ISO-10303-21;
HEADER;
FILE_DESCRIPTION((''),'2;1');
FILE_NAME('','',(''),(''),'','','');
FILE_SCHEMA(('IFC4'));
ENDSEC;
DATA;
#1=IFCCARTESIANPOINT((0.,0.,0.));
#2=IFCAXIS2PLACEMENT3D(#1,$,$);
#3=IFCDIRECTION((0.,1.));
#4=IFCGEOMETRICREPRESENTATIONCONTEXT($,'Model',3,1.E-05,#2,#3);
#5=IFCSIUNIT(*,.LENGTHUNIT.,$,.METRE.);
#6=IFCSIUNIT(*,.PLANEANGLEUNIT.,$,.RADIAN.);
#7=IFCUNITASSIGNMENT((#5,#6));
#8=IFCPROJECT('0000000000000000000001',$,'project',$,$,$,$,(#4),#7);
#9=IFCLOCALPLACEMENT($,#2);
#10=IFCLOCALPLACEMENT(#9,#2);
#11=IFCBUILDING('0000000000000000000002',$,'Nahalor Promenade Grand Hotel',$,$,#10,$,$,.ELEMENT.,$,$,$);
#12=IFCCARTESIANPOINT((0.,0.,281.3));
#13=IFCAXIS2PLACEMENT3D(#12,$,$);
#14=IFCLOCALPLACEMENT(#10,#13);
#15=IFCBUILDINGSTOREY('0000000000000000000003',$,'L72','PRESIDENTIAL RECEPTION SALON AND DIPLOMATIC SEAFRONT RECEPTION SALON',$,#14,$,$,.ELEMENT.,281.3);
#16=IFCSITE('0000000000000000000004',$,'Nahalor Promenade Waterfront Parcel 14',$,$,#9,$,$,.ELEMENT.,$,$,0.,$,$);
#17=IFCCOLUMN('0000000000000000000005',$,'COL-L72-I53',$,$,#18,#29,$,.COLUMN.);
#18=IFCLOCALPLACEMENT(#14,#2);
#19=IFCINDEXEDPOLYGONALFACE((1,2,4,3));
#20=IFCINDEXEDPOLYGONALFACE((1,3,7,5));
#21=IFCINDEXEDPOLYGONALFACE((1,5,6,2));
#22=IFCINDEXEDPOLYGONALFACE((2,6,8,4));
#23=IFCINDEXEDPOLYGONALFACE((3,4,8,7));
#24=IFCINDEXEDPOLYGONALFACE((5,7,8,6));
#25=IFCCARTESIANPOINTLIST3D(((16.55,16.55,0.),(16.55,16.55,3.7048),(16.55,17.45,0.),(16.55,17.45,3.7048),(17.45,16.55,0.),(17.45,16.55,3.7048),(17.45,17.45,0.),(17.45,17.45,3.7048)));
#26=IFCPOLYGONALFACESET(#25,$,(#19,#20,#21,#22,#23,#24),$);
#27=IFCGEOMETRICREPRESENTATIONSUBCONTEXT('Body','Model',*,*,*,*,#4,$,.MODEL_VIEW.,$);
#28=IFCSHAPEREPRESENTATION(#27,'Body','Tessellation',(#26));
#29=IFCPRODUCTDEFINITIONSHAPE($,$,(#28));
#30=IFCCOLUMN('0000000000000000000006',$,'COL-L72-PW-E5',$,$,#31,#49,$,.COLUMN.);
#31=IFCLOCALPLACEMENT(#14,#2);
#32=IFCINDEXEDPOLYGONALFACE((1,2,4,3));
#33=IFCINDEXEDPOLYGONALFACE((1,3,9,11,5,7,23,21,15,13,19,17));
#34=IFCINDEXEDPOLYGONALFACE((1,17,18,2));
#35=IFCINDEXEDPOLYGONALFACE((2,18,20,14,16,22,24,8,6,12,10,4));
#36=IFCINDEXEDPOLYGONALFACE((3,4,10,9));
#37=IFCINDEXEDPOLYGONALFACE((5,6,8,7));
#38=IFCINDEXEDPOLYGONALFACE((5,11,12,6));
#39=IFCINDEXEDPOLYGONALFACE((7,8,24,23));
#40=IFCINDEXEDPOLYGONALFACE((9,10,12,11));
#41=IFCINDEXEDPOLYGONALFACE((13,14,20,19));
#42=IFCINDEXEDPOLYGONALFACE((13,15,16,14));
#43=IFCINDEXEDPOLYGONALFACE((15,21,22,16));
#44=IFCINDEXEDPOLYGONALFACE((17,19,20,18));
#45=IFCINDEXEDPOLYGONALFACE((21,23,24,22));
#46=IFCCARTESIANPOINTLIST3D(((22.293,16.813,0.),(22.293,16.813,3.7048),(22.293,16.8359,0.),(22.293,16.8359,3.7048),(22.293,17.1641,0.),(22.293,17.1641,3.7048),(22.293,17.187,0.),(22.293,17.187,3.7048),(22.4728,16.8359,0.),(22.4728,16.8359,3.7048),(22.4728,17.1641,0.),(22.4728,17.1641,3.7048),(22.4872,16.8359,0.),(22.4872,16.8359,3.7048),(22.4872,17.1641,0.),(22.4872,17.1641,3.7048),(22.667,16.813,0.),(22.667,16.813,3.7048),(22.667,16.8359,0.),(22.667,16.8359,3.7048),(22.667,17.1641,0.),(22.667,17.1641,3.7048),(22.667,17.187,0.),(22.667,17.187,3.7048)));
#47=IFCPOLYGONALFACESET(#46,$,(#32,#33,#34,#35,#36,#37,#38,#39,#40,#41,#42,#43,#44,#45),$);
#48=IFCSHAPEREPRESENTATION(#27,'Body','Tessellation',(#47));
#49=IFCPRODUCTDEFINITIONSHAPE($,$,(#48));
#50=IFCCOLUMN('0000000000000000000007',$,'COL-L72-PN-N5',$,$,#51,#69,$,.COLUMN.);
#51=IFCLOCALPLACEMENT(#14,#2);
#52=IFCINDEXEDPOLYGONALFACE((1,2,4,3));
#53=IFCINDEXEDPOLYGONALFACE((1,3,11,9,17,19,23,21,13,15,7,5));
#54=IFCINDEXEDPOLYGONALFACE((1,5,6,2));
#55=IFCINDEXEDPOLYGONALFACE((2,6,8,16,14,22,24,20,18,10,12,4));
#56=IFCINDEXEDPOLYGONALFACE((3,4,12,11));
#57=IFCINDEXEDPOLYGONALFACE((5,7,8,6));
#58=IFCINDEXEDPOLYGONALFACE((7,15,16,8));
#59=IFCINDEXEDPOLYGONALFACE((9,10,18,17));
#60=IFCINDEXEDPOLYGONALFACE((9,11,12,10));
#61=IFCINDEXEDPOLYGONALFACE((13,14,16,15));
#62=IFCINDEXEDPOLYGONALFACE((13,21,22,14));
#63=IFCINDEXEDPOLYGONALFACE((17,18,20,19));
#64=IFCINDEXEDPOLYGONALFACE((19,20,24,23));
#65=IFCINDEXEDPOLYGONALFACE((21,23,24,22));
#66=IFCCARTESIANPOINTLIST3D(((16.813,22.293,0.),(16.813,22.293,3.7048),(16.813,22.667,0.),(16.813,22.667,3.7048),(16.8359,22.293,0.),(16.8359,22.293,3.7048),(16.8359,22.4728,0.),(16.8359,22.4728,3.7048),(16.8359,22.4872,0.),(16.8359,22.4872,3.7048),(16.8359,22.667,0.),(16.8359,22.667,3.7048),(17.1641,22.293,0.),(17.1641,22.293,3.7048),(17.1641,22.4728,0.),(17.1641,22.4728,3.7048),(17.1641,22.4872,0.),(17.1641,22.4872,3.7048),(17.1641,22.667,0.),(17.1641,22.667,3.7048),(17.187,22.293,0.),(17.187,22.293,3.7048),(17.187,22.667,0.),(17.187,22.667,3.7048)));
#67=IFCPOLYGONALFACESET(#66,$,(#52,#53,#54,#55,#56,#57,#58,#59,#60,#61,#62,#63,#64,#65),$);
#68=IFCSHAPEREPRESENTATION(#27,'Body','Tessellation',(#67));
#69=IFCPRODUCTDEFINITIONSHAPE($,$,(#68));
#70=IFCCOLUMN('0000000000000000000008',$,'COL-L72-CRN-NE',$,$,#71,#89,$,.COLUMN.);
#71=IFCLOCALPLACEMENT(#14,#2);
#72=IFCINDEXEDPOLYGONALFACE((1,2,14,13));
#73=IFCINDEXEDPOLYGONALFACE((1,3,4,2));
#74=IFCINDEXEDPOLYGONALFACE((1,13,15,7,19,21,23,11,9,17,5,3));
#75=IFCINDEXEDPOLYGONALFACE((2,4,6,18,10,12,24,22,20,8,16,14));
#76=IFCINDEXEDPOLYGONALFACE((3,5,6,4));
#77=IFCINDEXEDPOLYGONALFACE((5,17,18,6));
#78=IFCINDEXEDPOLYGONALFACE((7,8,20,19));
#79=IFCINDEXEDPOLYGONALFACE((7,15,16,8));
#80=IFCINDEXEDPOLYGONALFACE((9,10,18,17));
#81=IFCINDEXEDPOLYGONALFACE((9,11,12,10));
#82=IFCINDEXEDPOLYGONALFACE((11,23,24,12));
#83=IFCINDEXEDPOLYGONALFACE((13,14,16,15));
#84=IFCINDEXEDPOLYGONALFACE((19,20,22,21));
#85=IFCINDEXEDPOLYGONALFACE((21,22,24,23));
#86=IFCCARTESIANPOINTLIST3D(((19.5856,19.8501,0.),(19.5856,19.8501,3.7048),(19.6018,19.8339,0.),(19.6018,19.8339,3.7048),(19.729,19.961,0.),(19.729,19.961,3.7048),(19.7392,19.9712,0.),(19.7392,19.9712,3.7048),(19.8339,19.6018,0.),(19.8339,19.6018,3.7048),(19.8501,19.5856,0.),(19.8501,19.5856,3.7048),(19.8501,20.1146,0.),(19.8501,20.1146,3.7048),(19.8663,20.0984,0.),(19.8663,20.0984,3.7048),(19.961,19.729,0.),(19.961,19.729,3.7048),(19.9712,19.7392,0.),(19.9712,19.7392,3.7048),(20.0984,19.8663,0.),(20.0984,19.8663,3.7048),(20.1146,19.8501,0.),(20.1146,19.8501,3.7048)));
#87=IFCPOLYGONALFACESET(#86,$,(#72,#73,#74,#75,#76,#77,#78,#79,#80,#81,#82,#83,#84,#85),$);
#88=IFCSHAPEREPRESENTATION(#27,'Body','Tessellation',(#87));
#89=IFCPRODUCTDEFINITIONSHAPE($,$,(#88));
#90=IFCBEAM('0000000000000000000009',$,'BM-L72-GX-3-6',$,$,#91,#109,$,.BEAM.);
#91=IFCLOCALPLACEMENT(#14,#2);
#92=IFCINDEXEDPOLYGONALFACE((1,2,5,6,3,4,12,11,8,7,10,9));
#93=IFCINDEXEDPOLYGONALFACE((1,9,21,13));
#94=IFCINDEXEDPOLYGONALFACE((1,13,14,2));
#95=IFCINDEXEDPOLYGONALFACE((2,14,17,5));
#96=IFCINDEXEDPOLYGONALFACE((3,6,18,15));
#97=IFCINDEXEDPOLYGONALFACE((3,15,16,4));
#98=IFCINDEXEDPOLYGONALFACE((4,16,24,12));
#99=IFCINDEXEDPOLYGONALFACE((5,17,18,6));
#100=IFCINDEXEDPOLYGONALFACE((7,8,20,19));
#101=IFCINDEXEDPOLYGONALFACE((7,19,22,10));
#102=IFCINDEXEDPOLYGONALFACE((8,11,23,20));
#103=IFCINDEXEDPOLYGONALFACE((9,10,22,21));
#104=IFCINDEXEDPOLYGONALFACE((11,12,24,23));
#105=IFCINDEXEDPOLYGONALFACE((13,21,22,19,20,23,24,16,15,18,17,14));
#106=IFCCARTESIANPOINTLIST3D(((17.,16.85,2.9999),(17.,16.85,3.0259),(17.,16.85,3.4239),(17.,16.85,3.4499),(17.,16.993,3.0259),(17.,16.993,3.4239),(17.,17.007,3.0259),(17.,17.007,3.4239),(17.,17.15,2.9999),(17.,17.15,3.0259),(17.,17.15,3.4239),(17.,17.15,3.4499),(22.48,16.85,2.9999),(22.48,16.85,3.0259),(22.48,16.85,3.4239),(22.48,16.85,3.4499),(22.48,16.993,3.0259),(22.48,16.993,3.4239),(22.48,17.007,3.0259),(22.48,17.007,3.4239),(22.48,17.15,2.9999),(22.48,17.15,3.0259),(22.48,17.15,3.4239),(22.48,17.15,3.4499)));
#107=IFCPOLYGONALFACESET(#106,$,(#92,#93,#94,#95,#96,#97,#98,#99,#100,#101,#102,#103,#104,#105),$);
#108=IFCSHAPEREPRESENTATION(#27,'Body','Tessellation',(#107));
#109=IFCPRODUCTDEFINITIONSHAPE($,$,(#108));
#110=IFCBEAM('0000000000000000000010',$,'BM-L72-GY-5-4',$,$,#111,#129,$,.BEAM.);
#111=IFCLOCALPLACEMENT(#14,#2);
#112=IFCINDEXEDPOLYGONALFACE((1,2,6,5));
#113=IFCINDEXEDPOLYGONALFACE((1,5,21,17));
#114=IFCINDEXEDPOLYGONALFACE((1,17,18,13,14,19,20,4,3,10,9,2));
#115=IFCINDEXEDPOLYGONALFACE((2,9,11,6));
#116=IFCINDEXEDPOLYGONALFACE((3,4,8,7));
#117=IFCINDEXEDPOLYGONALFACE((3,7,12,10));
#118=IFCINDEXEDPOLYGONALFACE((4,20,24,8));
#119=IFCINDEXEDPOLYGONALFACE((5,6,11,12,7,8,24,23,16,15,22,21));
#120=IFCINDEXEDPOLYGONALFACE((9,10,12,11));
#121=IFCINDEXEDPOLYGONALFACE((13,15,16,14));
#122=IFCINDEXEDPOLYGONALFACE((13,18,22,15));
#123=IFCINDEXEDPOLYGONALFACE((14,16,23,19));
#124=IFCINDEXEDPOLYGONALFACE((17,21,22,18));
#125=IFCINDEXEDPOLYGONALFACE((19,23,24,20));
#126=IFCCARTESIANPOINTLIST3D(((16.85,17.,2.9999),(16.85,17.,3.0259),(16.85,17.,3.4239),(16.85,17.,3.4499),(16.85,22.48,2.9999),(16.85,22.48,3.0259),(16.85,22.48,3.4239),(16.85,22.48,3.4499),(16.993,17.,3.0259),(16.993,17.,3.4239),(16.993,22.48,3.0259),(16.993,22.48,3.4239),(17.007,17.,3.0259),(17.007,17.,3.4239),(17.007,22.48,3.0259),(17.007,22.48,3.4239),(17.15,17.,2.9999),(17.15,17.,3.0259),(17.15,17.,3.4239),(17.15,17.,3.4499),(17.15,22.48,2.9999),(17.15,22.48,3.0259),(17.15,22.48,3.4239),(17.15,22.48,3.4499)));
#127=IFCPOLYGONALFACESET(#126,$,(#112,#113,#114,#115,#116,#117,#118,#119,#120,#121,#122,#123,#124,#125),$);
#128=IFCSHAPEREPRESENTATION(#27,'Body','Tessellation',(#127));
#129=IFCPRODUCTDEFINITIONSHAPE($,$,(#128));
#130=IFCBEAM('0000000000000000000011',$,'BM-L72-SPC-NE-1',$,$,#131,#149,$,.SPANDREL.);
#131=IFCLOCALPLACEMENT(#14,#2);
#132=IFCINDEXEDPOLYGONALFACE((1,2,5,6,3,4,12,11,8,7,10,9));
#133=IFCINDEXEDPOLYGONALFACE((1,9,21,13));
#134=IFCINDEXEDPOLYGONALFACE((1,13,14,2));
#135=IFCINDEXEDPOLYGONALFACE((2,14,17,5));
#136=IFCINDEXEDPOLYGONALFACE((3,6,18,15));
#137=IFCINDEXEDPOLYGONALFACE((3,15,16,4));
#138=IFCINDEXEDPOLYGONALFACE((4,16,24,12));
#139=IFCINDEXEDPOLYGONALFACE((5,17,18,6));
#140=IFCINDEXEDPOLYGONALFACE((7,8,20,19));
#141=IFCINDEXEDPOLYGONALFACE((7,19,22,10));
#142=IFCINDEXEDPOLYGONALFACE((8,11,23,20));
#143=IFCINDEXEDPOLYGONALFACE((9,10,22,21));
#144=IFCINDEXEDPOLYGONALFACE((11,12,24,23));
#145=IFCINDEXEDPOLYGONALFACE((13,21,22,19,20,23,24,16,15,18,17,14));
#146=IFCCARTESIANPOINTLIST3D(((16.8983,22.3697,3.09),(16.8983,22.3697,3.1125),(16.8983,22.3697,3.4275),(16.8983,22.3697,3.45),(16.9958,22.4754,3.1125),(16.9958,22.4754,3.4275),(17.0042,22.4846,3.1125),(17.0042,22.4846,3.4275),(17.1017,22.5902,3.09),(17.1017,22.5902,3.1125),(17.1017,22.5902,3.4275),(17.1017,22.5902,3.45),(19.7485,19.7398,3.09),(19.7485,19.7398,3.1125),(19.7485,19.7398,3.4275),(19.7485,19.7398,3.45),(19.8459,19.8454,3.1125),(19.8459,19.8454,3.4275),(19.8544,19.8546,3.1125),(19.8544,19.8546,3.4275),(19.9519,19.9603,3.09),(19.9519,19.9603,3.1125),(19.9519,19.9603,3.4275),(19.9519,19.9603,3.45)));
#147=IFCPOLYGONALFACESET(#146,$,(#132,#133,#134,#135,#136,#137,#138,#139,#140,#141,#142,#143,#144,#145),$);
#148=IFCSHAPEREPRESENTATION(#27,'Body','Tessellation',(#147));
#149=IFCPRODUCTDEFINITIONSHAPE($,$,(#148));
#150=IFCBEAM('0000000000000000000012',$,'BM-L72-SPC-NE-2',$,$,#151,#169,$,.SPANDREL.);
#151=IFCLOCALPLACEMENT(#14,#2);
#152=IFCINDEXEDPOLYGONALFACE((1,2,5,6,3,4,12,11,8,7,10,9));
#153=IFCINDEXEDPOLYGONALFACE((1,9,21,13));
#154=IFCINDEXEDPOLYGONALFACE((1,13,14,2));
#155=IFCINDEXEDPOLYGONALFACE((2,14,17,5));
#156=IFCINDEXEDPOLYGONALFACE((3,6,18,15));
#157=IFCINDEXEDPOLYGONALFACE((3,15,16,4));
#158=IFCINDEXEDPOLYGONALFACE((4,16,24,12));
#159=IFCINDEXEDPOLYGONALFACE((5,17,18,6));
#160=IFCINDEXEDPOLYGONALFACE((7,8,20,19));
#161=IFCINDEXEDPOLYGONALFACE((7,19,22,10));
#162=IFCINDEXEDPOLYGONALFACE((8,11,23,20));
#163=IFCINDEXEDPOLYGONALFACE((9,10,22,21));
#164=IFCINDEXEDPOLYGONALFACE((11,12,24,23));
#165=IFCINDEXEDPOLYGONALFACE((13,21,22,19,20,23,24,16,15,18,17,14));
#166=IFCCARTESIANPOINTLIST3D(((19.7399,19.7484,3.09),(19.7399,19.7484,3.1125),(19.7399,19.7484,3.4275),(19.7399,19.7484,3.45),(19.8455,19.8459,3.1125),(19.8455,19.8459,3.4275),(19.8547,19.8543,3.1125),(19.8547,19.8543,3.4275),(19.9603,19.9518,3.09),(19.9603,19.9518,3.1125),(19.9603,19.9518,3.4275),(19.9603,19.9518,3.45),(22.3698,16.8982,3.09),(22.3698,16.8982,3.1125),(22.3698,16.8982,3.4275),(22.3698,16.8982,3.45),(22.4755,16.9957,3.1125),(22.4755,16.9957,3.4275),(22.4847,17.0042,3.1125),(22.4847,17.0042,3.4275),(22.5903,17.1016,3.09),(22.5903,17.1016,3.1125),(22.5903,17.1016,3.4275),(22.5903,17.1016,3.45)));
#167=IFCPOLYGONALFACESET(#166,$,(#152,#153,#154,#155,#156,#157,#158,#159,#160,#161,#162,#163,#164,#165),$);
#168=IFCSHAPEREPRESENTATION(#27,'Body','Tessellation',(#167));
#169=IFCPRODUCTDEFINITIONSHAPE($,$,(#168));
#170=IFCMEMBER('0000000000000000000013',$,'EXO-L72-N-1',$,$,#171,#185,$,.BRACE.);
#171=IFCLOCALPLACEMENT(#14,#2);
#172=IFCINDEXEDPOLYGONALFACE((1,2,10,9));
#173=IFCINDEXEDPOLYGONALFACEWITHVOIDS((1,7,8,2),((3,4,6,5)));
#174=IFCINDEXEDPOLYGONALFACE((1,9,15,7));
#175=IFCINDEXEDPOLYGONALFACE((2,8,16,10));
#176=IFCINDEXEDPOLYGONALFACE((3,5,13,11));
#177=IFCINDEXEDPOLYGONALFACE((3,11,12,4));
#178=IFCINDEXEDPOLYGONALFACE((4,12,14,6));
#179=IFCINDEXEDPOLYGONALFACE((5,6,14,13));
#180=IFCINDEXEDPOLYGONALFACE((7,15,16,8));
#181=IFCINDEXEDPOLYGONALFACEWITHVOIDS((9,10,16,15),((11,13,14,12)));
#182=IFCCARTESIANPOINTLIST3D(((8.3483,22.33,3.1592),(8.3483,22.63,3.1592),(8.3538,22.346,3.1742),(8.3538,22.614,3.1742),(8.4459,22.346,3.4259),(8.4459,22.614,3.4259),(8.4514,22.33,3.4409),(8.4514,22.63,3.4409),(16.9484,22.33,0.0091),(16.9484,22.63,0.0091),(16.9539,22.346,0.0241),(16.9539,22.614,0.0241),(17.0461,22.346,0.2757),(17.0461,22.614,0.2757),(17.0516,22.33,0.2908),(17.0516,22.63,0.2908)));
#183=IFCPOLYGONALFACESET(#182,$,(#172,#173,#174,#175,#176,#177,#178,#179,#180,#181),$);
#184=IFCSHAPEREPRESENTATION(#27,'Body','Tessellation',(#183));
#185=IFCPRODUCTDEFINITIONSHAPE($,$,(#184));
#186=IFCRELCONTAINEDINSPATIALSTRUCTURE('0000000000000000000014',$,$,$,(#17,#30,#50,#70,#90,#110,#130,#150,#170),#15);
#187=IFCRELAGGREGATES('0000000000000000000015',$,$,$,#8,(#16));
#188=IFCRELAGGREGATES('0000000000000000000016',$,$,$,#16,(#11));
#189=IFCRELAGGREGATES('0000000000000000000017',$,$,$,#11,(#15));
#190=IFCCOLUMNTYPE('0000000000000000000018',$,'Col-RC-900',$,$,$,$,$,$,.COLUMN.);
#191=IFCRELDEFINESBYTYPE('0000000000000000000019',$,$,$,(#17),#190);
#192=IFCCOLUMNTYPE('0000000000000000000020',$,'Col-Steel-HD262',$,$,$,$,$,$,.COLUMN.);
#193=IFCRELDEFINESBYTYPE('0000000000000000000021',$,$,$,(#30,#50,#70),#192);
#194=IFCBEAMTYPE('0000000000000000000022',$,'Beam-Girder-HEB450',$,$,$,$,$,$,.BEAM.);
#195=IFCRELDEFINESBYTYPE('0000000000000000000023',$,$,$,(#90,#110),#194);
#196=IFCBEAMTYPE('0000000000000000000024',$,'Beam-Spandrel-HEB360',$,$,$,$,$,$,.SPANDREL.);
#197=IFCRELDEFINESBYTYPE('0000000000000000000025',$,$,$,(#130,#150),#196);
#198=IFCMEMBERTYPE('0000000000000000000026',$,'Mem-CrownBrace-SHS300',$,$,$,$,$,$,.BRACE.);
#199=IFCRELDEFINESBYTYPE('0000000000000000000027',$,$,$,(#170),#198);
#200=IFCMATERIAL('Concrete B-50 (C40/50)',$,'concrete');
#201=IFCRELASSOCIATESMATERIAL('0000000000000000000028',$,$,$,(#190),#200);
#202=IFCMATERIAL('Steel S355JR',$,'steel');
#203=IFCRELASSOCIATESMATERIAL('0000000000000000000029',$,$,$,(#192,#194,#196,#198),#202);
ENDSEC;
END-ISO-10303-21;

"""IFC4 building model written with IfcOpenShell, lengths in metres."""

from ifc_helpers import new_model, si_unit, direction, frame, origin, origin_2d, place, context, subcontext, project, spatial, rectangle, hollow_rectangle, i_section, extrude, source, transform, mapped, material, material_profile, profile_set, type_object, element, save


model = new_model("IFC4")

# Units and contexts
model_context = context("Model", 3, precision=1e-05, world=origin(), true_north=direction((0.0, 1.0)))
body_context = subcontext(model_context, "Body", "Model", "MODEL_VIEW")
ifc_project = project(units=[si_unit("LENGTHUNIT", "METRE"), si_unit("PLANEANGLEUNIT", "RADIAN")], contexts=[model_context])

# Site, building, storey
site_placement = place(None, origin())
site = spatial("IfcSite", under=ifc_project, at=site_placement, Name="Nahalor Promenade Waterfront Parcel 14", CompositionType="ELEMENT", RefElevation=0.0)
building_placement = place(site_placement, origin())
building = spatial("IfcBuilding", under=site, at=building_placement, Name="Nahalor Promenade Grand Hotel", CompositionType="ELEMENT")
storey_placement = place(building_placement, frame((0.0, 0.0, 281.3)))
storey = spatial("IfcBuildingStorey", under=building, at=storey_placement, Name="L72", Description="PRESIDENTIAL RECEPTION SALON AND DIPLOMATIC SEAFRONT RECEPTION SALON", CompositionType="ELEMENT", Elevation=281.3)

# Columns
ifc_material_1 = material(Name="Concrete B-50 (C40/50)", Category="concrete")
ifc_material_profile_1 = material_profile(ifc_material_1, rectangle(XDim=0.9, YDim=0.9, at=origin_2d()), Name="RC 900x900")
ifc_profile_set_1 = profile_set([ifc_material_profile_1], Name="Concrete B-50 (C40/50)")
column_type_1 = type_object("IfcColumnType", Name="Col-RC-900", PredefinedType="COLUMN", material=ifc_profile_set_1)
shared_shape_1 = source(origin(), body_context, "Body", "SweptSolid", [
    extrude(rectangle(XDim=0.9, YDim=0.9, at=origin_2d()), origin(), (0.0, 0.0, 1.0), 3.7048),
])
column_placement = place(storey_placement, frame((17.0, 17.0, 0.0), z_axis=(0.0, 0.0, 1.0), x_axis=(1.0, 0.0, 0.0)))
element("IfcColumn", 1, at=column_placement, inside=storey, type_object=column_type_1, Name="COL-L72-I53", PredefinedType="COLUMN", context=body_context, shape_type="MappedRepresentation", body=[
    mapped(shared_shape_1, transform((0.0, 0.0, 0.0), scale=1.0)),
])
ifc_material_2 = material(Name="Steel S355JR", Category="steel")
ifc_material_profile_2 = material_profile(ifc_material_2, i_section(OverallWidth=0.374, OverallDepth=0.374, WebThickness=0.0144, FlangeThickness=0.0229, at=origin_2d()), Name="HD 360x262")
ifc_profile_set_2 = profile_set([ifc_material_profile_2], Name="Steel S355JR")
column_type_2 = type_object("IfcColumnType", Name="Col-Steel-HD262", PredefinedType="COLUMN", material=ifc_profile_set_2)
shared_shape_2 = source(origin(), body_context, "Body", "SweptSolid", [
    extrude(i_section(OverallWidth=0.374, OverallDepth=0.374, WebThickness=0.0144, FlangeThickness=0.0229, at=origin_2d()), origin(), (0.0, 0.0, 1.0), 3.7048),
])
for number, where, z_axis, x_axis, name in (
    (2, (22.48, 17.0, 0.0), (0.0, 0.0, 1.0), (1.0, 0.0, 0.0), "COL-L72-PW-E5"),
    (3, (17.0, 22.48, 0.0), (0.0, 0.0, 1.0), (0.0, 1.0, 0.0), "COL-L72-PN-N5"),
    (4, (19.8501, 19.8501, 0.0), (0.0, 0.0, 1.0), (0.707107, 0.707107, 0.0), "COL-L72-CRN-NE"),
):
    element("IfcColumn", number, at=place(storey_placement, frame(where, z_axis=z_axis, x_axis=x_axis)), inside=storey, type_object=column_type_2, Name=name, PredefinedType="COLUMN", context=body_context, shape_type="MappedRepresentation", body=[
        mapped(shared_shape_2, transform((0.0, 0.0, 0.0), scale=1.0)),
    ])

# Beams
ifc_material_profile_3 = material_profile(ifc_material_2, i_section(OverallWidth=0.3, OverallDepth=0.45, WebThickness=0.014, FlangeThickness=0.026, at=origin_2d()), Name="HEB 450")
ifc_profile_set_3 = profile_set([ifc_material_profile_3], Name="Steel S355JR")
beam_type_1 = type_object("IfcBeamType", Name="Beam-Girder-HEB450", PredefinedType="BEAM", material=ifc_profile_set_3)
shared_shape_3 = source(origin(), body_context, "Body", "SweptSolid", [
    extrude(i_section(OverallWidth=0.3, OverallDepth=0.45, WebThickness=0.014, FlangeThickness=0.026, at=origin_2d()), origin(), (0.0, 0.0, 1.0), 5.48),
])
for number, where, z_axis, x_axis, name in (
    (5, (17.0, 17.0, 3.2249), (1.0, 0.0, 0.0), (0.0, 1.0, 0.0), "BM-L72-GX-3-6"),
    (6, (17.0, 17.0, 3.2249), (0.0, 1.0, 0.0), (-1.0, 0.0, 0.0), "BM-L72-GY-5-4"),
):
    element("IfcBeam", number, at=place(storey_placement, frame(where, z_axis=z_axis, x_axis=x_axis)), inside=storey, type_object=beam_type_1, Name=name, PredefinedType="BEAM", context=body_context, shape_type="MappedRepresentation", body=[
        mapped(shared_shape_3, transform((0.0, 0.0, 0.0), scale=1.0)),
    ])
ifc_material_profile_4 = material_profile(ifc_material_2, i_section(OverallWidth=0.3, OverallDepth=0.36, WebThickness=0.0125, FlangeThickness=0.0225, at=origin_2d()), Name="HEB 360")
ifc_profile_set_4 = profile_set([ifc_material_profile_4], Name="Steel S355JR")
beam_type_2 = type_object("IfcBeamType", Name="Beam-Spandrel-HEB360", PredefinedType="SPANDREL", material=ifc_profile_set_4)
shared_shape_4 = source(origin(), body_context, "Body", "SweptSolid", [
    extrude(i_section(OverallWidth=0.3, OverallDepth=0.36, WebThickness=0.0125, FlangeThickness=0.0225, at=origin_2d()), origin(), (0.0, 0.0, 1.0), 3.8782),
])
for number, where, z_axis, x_axis, name in (
    (7, (17.0, 22.48, 3.27), (0.734929, -0.678144, 0.0), (0.678144, 0.734929, 0.0), "BM-L72-SPC-NE-1"),
    (8, (19.8501, 19.8501, 3.27), (0.678144, -0.734929, 0.0), (0.734929, 0.678144, 0.0), "BM-L72-SPC-NE-2"),
):
    element("IfcBeam", number, at=place(storey_placement, frame(where, z_axis=z_axis, x_axis=x_axis)), inside=storey, type_object=beam_type_2, Name=name, PredefinedType="SPANDREL", context=body_context, shape_type="MappedRepresentation", body=[
        mapped(shared_shape_4, transform((0.0, 0.0, 0.0), scale=1.0)),
    ])

# Member
ifc_material_profile_5 = material_profile(ifc_material_2, hollow_rectangle(XDim=0.3, YDim=0.3, WallThickness=0.016, at=origin_2d()), Name="SHS 300x300x16")
ifc_profile_set_5 = profile_set([ifc_material_profile_5], Name="Steel S355JR")
member_type_1 = type_object("IfcMemberType", Name="Mem-CrownBrace-SHS300", PredefinedType="BRACE", material=ifc_profile_set_5)
shared_shape_5 = source(origin(), body_context, "Body", "SweptSolid", [
    extrude(hollow_rectangle(XDim=0.3, YDim=0.3, WallThickness=0.016, at=origin_2d()), origin(), (0.0, 0.0, 1.0), 9.1589),
])
member_1_placement = place(storey_placement, frame((17.0, 22.48, 0.1499), z_axis=(-0.93899, 0.0, 0.343944), x_axis=(0.0, -1.0, 0.0)))
element("IfcMember", 9, at=member_1_placement, inside=storey, type_object=member_type_1, Name="EXO-L72-N-1", PredefinedType="BRACE", context=body_context, shape_type="MappedRepresentation", body=[
    mapped(shared_shape_5, transform((0.0, 0.0, 0.0), scale=1.0)),
])

save(model, "model.ifc")
